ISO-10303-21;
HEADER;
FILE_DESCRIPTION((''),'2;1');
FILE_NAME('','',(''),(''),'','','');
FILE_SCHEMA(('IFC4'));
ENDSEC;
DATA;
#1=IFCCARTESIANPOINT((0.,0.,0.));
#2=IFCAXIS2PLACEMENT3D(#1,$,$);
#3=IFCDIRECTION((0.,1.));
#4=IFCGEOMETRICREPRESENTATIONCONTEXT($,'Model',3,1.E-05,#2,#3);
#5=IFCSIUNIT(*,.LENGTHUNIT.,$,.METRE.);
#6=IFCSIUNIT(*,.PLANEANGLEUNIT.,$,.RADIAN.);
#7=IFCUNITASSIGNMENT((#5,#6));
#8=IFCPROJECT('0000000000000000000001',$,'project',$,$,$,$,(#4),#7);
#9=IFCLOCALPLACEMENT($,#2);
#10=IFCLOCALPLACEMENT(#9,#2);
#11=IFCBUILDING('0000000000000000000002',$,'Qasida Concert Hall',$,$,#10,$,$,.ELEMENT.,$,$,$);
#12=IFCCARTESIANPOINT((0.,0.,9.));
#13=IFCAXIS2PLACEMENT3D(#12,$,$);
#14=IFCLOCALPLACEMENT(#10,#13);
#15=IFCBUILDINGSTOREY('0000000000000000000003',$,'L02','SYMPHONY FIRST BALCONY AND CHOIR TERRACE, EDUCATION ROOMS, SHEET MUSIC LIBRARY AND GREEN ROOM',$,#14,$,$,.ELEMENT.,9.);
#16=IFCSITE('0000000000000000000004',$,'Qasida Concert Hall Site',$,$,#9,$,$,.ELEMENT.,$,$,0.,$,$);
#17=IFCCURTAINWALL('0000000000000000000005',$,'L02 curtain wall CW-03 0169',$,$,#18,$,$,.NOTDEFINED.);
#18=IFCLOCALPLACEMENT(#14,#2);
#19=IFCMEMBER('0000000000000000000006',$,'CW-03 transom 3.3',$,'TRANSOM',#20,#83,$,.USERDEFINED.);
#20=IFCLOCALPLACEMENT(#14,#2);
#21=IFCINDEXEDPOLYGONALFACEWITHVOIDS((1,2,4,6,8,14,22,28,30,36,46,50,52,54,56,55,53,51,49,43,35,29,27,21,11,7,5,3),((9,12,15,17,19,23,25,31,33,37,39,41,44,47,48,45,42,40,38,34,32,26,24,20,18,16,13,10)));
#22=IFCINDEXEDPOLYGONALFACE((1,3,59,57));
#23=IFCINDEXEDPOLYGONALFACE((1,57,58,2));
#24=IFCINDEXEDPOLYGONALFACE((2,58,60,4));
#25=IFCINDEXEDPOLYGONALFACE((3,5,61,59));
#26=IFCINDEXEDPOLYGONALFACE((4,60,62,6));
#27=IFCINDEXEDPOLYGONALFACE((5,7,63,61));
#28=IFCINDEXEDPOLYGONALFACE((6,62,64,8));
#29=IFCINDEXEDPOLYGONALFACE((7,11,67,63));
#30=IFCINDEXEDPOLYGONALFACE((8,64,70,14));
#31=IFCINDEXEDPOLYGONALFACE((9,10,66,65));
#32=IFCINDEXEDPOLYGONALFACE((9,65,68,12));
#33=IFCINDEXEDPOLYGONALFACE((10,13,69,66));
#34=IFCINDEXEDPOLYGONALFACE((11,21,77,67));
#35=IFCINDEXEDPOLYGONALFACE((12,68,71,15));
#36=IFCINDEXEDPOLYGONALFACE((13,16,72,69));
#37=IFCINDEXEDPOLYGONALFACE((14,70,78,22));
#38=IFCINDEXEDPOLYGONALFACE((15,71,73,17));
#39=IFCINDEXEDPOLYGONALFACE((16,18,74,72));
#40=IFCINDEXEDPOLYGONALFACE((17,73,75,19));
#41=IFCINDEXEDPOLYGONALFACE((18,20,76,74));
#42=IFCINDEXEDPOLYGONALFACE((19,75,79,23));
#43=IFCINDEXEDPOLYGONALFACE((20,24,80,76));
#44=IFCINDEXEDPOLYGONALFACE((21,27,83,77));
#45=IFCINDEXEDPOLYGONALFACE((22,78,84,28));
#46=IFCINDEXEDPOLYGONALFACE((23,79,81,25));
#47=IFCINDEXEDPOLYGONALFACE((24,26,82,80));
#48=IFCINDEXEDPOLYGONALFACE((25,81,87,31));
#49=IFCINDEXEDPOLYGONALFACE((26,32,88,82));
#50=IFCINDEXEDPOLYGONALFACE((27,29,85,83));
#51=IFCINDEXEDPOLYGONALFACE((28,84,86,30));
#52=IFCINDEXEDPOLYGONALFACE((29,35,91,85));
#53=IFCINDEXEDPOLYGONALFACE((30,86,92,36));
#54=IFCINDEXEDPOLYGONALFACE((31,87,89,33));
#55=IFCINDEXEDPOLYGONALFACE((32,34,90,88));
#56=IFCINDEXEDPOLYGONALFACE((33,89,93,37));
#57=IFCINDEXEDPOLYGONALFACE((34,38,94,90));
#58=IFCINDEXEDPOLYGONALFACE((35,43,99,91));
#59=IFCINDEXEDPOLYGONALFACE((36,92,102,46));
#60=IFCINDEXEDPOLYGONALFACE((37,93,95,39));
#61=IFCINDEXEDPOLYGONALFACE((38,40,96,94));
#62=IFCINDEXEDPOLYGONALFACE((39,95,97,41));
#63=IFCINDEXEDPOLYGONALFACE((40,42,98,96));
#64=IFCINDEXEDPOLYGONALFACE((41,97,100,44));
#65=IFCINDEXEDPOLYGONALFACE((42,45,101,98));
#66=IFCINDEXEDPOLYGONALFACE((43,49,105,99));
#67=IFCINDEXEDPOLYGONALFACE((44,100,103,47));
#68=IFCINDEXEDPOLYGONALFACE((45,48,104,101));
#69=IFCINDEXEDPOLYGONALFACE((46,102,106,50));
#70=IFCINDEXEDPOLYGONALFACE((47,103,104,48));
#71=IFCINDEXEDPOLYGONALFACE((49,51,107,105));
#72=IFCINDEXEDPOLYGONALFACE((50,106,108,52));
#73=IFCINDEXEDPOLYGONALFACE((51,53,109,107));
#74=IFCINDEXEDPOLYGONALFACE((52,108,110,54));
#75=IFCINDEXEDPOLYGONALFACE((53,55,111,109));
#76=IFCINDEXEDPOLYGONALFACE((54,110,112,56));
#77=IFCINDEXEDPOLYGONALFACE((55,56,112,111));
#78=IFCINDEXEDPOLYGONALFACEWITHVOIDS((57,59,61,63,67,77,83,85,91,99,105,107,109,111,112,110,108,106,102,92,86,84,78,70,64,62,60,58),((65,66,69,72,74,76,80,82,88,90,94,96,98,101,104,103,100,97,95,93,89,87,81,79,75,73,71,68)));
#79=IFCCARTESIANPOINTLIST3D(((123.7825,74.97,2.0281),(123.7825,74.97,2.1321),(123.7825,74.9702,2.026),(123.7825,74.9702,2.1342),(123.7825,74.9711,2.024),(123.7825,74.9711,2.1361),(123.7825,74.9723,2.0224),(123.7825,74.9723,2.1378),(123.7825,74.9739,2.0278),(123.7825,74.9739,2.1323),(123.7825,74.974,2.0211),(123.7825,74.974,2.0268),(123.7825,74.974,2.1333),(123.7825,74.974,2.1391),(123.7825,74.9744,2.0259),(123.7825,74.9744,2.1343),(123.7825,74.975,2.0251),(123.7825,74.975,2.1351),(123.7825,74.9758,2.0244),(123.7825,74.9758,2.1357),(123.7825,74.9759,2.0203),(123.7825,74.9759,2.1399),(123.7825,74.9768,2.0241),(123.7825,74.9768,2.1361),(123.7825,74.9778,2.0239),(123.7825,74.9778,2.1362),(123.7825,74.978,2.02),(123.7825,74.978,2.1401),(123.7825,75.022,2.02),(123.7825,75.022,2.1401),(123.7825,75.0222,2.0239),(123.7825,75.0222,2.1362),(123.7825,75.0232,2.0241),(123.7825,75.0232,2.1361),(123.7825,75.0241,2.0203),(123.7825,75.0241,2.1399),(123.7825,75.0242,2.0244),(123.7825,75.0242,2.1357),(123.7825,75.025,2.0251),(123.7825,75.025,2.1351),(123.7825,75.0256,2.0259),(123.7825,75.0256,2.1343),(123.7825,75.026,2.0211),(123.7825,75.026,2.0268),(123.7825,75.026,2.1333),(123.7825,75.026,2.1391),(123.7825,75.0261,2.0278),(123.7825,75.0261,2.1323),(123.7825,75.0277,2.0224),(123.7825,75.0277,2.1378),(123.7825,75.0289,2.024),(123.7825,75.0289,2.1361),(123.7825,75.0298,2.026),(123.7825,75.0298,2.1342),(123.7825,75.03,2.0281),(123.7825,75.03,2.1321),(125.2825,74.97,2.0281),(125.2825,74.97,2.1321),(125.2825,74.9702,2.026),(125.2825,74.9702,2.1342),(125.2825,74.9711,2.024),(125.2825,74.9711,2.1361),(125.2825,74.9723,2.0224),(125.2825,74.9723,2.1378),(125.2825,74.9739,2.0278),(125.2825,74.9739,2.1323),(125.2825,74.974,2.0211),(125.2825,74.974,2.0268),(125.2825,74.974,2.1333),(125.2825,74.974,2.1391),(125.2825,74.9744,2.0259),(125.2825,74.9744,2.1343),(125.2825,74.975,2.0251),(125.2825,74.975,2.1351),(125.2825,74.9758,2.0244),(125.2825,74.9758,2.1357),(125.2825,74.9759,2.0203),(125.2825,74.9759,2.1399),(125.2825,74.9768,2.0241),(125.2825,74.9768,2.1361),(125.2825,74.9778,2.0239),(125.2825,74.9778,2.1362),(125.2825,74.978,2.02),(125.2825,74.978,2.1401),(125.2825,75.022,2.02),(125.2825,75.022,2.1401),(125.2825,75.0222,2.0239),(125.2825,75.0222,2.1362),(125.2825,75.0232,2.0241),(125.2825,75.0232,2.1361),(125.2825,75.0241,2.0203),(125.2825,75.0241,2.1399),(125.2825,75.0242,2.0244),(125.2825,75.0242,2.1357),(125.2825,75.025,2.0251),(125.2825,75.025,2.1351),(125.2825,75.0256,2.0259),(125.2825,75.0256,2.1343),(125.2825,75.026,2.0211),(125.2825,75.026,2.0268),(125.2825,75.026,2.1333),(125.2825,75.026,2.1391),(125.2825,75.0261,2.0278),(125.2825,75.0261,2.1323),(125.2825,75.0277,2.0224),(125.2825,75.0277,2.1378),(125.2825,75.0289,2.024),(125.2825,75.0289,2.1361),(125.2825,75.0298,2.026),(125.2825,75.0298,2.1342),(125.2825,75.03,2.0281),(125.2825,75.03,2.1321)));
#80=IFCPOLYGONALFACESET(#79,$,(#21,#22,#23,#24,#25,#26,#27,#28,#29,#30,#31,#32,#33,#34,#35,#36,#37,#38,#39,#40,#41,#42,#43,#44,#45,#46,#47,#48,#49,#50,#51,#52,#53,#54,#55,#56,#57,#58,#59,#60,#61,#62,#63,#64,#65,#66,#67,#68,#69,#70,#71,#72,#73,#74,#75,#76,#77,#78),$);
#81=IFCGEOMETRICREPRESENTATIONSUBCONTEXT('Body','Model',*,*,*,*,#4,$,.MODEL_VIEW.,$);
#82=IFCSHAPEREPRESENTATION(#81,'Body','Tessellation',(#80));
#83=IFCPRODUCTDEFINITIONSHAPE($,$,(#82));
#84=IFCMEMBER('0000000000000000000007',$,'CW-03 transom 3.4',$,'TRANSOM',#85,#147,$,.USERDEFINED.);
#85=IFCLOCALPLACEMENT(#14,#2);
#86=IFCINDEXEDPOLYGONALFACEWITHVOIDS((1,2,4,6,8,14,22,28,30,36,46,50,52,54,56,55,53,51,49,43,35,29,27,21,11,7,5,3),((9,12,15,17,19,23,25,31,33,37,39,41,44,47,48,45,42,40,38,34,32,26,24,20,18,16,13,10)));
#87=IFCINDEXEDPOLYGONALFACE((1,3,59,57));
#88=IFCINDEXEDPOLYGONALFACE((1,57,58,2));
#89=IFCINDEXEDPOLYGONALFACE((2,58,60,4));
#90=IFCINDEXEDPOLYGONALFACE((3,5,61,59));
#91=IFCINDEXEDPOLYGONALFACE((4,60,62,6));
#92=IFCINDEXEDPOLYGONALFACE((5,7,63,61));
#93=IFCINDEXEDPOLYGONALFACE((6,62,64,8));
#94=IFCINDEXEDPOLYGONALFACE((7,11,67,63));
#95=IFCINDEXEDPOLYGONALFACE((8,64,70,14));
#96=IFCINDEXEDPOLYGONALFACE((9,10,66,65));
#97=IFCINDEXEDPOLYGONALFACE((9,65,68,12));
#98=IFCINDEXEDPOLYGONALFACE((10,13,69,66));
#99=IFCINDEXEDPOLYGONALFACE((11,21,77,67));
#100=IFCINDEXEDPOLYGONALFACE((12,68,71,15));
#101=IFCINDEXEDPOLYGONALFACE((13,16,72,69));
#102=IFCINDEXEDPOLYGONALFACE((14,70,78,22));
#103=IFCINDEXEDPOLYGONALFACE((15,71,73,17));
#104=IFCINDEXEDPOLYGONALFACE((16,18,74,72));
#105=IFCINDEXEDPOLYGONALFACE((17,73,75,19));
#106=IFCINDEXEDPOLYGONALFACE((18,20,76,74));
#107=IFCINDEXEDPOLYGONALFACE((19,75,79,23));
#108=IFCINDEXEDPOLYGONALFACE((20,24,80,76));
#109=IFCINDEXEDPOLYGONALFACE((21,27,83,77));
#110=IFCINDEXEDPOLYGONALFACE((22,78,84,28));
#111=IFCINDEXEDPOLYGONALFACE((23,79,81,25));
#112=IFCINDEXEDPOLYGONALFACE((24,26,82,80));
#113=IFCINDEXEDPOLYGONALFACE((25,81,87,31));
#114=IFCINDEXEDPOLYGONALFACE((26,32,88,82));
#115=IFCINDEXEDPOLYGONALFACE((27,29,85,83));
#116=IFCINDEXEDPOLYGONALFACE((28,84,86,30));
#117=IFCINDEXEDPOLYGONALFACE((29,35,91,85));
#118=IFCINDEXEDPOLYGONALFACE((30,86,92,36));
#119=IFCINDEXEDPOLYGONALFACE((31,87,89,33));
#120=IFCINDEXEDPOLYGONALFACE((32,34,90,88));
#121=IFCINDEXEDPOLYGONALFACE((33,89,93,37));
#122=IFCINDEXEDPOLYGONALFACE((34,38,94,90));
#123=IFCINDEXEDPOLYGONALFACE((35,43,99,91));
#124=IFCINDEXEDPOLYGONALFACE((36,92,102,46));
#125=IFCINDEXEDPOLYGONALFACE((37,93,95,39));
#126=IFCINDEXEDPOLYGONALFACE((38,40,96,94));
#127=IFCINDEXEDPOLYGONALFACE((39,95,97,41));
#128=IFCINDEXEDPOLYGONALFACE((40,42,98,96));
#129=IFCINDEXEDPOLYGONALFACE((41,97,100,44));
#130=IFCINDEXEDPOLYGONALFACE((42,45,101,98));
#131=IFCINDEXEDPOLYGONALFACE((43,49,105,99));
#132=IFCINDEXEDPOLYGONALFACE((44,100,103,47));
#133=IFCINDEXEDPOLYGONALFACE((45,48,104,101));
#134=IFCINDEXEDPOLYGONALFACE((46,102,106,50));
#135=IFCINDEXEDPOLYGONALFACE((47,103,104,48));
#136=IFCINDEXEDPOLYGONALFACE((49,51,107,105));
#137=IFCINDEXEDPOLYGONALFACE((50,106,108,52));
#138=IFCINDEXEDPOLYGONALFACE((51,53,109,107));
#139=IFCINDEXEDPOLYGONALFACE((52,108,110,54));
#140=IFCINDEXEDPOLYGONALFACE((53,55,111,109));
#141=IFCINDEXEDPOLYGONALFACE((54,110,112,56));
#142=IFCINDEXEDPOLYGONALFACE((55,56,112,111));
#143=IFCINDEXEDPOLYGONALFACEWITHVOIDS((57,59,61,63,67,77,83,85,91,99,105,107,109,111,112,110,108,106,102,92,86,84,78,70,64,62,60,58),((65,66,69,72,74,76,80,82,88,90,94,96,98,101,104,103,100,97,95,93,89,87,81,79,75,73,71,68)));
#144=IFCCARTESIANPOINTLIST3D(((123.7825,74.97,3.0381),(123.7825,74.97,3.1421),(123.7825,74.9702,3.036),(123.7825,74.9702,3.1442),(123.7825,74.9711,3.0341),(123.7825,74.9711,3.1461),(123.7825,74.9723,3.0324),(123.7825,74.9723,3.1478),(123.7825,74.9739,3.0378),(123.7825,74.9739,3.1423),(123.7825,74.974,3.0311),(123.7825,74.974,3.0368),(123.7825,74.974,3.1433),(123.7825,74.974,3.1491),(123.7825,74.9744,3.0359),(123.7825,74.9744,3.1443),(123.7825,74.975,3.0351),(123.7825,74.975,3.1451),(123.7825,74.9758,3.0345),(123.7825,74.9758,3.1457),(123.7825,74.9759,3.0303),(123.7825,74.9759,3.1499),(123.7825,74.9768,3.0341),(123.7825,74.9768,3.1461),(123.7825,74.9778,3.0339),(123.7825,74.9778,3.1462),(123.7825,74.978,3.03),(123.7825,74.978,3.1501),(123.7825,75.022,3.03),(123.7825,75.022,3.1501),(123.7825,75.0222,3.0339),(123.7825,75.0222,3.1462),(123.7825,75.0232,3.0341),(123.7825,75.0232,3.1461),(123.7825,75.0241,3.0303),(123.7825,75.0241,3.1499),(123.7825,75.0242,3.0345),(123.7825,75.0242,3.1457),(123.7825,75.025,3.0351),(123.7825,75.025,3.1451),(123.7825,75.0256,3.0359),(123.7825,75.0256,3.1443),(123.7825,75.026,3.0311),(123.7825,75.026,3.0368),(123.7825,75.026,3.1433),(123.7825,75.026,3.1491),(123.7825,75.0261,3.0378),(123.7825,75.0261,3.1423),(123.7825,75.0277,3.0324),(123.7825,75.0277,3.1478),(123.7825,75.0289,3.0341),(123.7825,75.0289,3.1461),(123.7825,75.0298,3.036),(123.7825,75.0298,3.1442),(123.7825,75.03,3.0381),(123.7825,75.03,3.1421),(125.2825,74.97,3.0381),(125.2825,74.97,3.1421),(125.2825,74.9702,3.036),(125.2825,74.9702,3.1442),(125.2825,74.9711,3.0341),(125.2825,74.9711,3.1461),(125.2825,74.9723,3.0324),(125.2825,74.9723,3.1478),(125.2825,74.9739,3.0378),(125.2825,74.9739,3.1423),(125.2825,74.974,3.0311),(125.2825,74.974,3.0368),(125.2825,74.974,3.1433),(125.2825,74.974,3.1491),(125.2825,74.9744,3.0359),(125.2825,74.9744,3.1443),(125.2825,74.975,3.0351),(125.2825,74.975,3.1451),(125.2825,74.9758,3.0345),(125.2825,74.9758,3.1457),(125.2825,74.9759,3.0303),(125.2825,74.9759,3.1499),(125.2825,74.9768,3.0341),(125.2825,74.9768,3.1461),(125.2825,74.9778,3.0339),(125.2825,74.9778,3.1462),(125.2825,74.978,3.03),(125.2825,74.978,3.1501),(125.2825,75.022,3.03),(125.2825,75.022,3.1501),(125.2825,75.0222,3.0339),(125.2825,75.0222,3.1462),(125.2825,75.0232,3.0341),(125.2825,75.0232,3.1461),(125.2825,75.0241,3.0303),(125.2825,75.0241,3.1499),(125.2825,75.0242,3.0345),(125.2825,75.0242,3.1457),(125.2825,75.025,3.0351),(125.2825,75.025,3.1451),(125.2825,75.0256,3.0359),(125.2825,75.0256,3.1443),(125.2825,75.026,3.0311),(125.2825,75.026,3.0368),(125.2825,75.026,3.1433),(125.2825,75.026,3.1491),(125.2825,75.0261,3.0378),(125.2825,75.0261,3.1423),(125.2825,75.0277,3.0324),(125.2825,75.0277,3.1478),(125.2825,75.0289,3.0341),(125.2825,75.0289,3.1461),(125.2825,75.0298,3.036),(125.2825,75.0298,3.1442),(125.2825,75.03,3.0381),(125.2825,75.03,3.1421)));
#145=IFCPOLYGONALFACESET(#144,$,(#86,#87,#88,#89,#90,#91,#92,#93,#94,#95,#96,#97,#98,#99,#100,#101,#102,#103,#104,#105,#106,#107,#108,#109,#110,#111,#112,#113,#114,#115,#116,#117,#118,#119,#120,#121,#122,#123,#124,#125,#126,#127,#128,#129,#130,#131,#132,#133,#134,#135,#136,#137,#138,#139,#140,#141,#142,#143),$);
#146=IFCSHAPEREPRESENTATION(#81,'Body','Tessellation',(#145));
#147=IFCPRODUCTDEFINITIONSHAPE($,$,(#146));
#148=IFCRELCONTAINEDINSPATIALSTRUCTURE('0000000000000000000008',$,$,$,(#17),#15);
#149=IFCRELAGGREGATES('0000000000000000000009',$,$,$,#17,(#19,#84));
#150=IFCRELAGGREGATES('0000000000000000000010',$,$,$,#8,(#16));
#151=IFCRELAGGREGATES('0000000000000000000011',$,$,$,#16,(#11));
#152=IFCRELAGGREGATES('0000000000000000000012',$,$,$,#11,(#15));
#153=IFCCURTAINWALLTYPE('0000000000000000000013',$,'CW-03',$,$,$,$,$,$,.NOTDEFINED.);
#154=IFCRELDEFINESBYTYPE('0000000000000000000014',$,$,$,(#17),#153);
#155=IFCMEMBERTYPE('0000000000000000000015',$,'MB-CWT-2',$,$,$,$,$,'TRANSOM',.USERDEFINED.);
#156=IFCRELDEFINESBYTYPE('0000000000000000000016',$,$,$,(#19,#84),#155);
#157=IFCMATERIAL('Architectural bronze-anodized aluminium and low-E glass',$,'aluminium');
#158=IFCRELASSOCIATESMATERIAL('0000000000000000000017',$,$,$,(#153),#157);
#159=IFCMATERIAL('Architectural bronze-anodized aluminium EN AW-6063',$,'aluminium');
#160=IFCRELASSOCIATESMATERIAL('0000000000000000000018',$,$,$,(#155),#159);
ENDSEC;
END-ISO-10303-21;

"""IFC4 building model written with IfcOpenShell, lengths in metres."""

from ifc_helpers import new_model, si_unit, direction, frame, origin, origin_2d, place, context, subcontext, project, spatial, hollow_rectangle, extrude, material, material_profile, profile_set, type_object, element, aggregate, save


model = new_model("IFC4")

# Units and contexts
model_context = context("Model", 3, precision=1e-05, world=origin(), true_north=direction((0.0, 1.0)))
body_context = subcontext(model_context, "Body", "Model", "MODEL_VIEW")
ifc_project = project(units=[si_unit("LENGTHUNIT", "METRE"), si_unit("PLANEANGLEUNIT", "RADIAN")], contexts=[model_context])

# Site, building, storey
site_placement = place(None, origin())
site = spatial("IfcSite", under=ifc_project, at=site_placement, Name="Qasida Concert Hall Site", CompositionType="ELEMENT", RefElevation=0.0)
building_placement = place(site_placement, origin())
building = spatial("IfcBuilding", under=site, at=building_placement, Name="Qasida Concert Hall", CompositionType="ELEMENT")
storey_placement = place(building_placement, frame((0.0, 0.0, 9.0)))
storey = spatial("IfcBuildingStorey", under=building, at=storey_placement, Name="L02", Description="SYMPHONY FIRST BALCONY AND CHOIR TERRACE, EDUCATION ROOMS, SHEET MUSIC LIBRARY AND GREEN ROOM", CompositionType="ELEMENT", Elevation=9.0)

# Curtain wall, members
ifc_material_1 = material(Name="Architectural bronze-anodized aluminium and low-E glass", Category="aluminium")
curtain_wall_type = type_object("IfcCurtainWallType", Name="CW-03", PredefinedType="NOTDEFINED", material=ifc_material_1)
curtain_wall_placement = place(storey_placement, origin())
curtain_wall = element("IfcCurtainWall", 1, at=curtain_wall_placement, inside=storey, type_object=curtain_wall_type, Name="L02 curtain wall CW-03 0169", PredefinedType="NOTDEFINED")
ifc_material_2 = material(Name="Architectural bronze-anodized aluminium EN AW-6063", Category="aluminium")
ifc_material_profile_1 = material_profile(ifc_material_2, hollow_rectangle(XDim=0.0601, YDim=0.1201, WallThickness=0.0039, InnerFilletRadius=0.0039, OuterFilletRadius=0.0081, at=origin_2d()), Name="CWT 120x60x4")
ifc_profile_set_1 = profile_set([ifc_material_profile_1], Name="Architectural bronze-anodized aluminium EN AW-6063")
member_type_1 = type_object("IfcMemberType", Name="MB-CWT-2", ElementType="TRANSOM", PredefinedType="USERDEFINED", material=ifc_profile_set_1)
member_1_placement = place(storey_placement, frame((123.7825, 75.0, 2.0801), z_axis=(1.0, 0.0, 0.0), x_axis=(0.0, 1.0, 0.0)))
member_1 = element("IfcMember", 2, at=member_1_placement, type_object=member_type_1, Name="CW-03 transom 3.3", ObjectType="TRANSOM", PredefinedType="USERDEFINED", context=body_context, shape_type="SweptSolid", body=[
    extrude(hollow_rectangle(XDim=0.0601, YDim=0.1201, WallThickness=0.0039, InnerFilletRadius=0.0039, OuterFilletRadius=0.0081, at=origin_2d()), origin(), (0.0, 0.0, 1.0), 1.5),
])
member_2_placement = place(storey_placement, frame((123.7825, 75.0, 3.0901), z_axis=(1.0, 0.0, 0.0), x_axis=(0.0, 1.0, 0.0)))
member_2 = element("IfcMember", 3, at=member_2_placement, type_object=member_type_1, Name="CW-03 transom 3.4", ObjectType="TRANSOM", PredefinedType="USERDEFINED", context=body_context, shape_type="SweptSolid", body=[
    extrude(hollow_rectangle(XDim=0.0601, YDim=0.1201, WallThickness=0.0039, InnerFilletRadius=0.0039, OuterFilletRadius=0.0081, at=origin_2d()), origin(), (0.0, 0.0, 1.0), 1.5),
])
aggregate(curtain_wall, [member_1, member_2])

save(model, "model.ifc")
